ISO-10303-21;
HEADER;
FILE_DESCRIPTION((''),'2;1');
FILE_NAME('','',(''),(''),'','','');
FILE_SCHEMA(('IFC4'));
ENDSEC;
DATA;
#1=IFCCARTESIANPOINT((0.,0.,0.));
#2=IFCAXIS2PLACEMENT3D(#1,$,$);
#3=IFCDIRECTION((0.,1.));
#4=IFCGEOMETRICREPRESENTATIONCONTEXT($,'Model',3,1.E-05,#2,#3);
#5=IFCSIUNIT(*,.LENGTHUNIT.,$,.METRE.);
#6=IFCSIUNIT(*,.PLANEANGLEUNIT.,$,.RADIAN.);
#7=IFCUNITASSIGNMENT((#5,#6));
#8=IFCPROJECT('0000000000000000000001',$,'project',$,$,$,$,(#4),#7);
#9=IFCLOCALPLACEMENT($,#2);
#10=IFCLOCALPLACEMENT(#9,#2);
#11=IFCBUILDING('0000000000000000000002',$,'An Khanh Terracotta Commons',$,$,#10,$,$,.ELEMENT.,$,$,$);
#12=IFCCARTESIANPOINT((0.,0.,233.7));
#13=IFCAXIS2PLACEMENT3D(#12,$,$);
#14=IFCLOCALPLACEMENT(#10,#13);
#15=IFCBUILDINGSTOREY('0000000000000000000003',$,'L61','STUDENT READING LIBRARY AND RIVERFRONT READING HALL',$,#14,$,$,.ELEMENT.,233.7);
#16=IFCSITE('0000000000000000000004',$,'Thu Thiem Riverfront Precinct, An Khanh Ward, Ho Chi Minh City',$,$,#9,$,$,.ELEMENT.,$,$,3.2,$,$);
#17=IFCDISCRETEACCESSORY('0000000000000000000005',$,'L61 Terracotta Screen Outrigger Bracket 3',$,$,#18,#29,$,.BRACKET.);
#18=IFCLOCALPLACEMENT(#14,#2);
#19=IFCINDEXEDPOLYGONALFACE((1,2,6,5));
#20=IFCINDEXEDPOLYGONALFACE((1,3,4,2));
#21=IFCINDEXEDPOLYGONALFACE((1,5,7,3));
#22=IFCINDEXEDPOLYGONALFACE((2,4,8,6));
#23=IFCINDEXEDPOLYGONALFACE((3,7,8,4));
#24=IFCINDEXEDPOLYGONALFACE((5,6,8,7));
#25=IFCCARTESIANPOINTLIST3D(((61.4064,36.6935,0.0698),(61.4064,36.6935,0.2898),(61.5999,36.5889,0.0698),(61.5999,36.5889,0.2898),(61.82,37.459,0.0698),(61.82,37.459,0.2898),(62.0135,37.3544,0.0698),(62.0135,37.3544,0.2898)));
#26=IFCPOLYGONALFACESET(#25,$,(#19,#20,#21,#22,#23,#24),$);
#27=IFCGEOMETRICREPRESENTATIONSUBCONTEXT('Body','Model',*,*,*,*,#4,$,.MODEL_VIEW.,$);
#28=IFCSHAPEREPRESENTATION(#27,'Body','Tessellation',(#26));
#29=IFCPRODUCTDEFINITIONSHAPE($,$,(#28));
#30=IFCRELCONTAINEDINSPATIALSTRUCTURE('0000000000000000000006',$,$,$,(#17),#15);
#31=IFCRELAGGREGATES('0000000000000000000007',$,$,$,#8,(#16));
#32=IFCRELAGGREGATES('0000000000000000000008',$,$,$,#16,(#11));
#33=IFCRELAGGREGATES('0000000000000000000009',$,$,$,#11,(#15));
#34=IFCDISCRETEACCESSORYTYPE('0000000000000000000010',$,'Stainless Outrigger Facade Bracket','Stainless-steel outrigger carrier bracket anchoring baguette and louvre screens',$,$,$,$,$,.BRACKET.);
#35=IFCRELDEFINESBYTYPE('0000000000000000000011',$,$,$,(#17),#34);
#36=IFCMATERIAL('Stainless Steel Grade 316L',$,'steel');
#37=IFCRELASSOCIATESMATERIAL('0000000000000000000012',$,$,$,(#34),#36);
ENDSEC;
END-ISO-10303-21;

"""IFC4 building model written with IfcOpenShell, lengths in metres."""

from ifc_helpers import new_model, si_unit, direction, frame, origin, origin_2d, place, context, subcontext, project, spatial, rectangle, extrude, material, type_object, element, save


model = new_model("IFC4")

# Units and contexts
model_context = context("Model", 3, precision=1e-05, world=origin(), true_north=direction((0.0, 1.0)))
body_context = subcontext(model_context, "Body", "Model", "MODEL_VIEW")
ifc_project = project(units=[si_unit("LENGTHUNIT", "METRE"), si_unit("PLANEANGLEUNIT", "RADIAN")], contexts=[model_context])

# Site, building, storey
site_placement = place(None, origin())
site = spatial("IfcSite", under=ifc_project, at=site_placement, Name="Thu Thiem Riverfront Precinct, An Khanh Ward, Ho Chi Minh City", CompositionType="ELEMENT", RefElevation=3.2)
building_placement = place(site_placement, origin())
building = spatial("IfcBuilding", under=site, at=building_placement, Name="An Khanh Terracotta Commons", CompositionType="ELEMENT")
storey_placement = place(building_placement, frame((0.0, 0.0, 233.7)))
storey = spatial("IfcBuildingStorey", under=building, at=storey_placement, Name="L61", Description="STUDENT READING LIBRARY AND RIVERFRONT READING HALL", CompositionType="ELEMENT", Elevation=233.7)

# Discrete accessory
ifc_material_1 = material(Name="Stainless Steel Grade 316L", Category="steel")
discrete_accessory_type = type_object("IfcDiscreteAccessoryType", Name="Stainless Outrigger Facade Bracket", Description="Stainless-steel outrigger carrier bracket anchoring baguette and louvre screens", PredefinedType="BRACKET", material=ifc_material_1)
for number, where, z_axis, x_axis, name in (
    (1, (61.71, 37.0239, 0.0698), (0.0, 0.0, 1.0), (-0.87978, 0.475381, 0.0), "L61 Terracotta Screen Outrigger Bracket 3"),
):
    element("IfcDiscreteAccessory", number, at=place(storey_placement, frame(where, z_axis=z_axis, x_axis=x_axis)), inside=storey, type_object=discrete_accessory_type, Name=name, PredefinedType="BRACKET", context=body_context, shape_type="SweptSolid", body=[
        extrude(rectangle(XDim=0.22, YDim=0.8701, at=origin_2d()), origin(), (0.0, 0.0, 1.0), 0.22),
    ])

save(model, "model.ifc")
